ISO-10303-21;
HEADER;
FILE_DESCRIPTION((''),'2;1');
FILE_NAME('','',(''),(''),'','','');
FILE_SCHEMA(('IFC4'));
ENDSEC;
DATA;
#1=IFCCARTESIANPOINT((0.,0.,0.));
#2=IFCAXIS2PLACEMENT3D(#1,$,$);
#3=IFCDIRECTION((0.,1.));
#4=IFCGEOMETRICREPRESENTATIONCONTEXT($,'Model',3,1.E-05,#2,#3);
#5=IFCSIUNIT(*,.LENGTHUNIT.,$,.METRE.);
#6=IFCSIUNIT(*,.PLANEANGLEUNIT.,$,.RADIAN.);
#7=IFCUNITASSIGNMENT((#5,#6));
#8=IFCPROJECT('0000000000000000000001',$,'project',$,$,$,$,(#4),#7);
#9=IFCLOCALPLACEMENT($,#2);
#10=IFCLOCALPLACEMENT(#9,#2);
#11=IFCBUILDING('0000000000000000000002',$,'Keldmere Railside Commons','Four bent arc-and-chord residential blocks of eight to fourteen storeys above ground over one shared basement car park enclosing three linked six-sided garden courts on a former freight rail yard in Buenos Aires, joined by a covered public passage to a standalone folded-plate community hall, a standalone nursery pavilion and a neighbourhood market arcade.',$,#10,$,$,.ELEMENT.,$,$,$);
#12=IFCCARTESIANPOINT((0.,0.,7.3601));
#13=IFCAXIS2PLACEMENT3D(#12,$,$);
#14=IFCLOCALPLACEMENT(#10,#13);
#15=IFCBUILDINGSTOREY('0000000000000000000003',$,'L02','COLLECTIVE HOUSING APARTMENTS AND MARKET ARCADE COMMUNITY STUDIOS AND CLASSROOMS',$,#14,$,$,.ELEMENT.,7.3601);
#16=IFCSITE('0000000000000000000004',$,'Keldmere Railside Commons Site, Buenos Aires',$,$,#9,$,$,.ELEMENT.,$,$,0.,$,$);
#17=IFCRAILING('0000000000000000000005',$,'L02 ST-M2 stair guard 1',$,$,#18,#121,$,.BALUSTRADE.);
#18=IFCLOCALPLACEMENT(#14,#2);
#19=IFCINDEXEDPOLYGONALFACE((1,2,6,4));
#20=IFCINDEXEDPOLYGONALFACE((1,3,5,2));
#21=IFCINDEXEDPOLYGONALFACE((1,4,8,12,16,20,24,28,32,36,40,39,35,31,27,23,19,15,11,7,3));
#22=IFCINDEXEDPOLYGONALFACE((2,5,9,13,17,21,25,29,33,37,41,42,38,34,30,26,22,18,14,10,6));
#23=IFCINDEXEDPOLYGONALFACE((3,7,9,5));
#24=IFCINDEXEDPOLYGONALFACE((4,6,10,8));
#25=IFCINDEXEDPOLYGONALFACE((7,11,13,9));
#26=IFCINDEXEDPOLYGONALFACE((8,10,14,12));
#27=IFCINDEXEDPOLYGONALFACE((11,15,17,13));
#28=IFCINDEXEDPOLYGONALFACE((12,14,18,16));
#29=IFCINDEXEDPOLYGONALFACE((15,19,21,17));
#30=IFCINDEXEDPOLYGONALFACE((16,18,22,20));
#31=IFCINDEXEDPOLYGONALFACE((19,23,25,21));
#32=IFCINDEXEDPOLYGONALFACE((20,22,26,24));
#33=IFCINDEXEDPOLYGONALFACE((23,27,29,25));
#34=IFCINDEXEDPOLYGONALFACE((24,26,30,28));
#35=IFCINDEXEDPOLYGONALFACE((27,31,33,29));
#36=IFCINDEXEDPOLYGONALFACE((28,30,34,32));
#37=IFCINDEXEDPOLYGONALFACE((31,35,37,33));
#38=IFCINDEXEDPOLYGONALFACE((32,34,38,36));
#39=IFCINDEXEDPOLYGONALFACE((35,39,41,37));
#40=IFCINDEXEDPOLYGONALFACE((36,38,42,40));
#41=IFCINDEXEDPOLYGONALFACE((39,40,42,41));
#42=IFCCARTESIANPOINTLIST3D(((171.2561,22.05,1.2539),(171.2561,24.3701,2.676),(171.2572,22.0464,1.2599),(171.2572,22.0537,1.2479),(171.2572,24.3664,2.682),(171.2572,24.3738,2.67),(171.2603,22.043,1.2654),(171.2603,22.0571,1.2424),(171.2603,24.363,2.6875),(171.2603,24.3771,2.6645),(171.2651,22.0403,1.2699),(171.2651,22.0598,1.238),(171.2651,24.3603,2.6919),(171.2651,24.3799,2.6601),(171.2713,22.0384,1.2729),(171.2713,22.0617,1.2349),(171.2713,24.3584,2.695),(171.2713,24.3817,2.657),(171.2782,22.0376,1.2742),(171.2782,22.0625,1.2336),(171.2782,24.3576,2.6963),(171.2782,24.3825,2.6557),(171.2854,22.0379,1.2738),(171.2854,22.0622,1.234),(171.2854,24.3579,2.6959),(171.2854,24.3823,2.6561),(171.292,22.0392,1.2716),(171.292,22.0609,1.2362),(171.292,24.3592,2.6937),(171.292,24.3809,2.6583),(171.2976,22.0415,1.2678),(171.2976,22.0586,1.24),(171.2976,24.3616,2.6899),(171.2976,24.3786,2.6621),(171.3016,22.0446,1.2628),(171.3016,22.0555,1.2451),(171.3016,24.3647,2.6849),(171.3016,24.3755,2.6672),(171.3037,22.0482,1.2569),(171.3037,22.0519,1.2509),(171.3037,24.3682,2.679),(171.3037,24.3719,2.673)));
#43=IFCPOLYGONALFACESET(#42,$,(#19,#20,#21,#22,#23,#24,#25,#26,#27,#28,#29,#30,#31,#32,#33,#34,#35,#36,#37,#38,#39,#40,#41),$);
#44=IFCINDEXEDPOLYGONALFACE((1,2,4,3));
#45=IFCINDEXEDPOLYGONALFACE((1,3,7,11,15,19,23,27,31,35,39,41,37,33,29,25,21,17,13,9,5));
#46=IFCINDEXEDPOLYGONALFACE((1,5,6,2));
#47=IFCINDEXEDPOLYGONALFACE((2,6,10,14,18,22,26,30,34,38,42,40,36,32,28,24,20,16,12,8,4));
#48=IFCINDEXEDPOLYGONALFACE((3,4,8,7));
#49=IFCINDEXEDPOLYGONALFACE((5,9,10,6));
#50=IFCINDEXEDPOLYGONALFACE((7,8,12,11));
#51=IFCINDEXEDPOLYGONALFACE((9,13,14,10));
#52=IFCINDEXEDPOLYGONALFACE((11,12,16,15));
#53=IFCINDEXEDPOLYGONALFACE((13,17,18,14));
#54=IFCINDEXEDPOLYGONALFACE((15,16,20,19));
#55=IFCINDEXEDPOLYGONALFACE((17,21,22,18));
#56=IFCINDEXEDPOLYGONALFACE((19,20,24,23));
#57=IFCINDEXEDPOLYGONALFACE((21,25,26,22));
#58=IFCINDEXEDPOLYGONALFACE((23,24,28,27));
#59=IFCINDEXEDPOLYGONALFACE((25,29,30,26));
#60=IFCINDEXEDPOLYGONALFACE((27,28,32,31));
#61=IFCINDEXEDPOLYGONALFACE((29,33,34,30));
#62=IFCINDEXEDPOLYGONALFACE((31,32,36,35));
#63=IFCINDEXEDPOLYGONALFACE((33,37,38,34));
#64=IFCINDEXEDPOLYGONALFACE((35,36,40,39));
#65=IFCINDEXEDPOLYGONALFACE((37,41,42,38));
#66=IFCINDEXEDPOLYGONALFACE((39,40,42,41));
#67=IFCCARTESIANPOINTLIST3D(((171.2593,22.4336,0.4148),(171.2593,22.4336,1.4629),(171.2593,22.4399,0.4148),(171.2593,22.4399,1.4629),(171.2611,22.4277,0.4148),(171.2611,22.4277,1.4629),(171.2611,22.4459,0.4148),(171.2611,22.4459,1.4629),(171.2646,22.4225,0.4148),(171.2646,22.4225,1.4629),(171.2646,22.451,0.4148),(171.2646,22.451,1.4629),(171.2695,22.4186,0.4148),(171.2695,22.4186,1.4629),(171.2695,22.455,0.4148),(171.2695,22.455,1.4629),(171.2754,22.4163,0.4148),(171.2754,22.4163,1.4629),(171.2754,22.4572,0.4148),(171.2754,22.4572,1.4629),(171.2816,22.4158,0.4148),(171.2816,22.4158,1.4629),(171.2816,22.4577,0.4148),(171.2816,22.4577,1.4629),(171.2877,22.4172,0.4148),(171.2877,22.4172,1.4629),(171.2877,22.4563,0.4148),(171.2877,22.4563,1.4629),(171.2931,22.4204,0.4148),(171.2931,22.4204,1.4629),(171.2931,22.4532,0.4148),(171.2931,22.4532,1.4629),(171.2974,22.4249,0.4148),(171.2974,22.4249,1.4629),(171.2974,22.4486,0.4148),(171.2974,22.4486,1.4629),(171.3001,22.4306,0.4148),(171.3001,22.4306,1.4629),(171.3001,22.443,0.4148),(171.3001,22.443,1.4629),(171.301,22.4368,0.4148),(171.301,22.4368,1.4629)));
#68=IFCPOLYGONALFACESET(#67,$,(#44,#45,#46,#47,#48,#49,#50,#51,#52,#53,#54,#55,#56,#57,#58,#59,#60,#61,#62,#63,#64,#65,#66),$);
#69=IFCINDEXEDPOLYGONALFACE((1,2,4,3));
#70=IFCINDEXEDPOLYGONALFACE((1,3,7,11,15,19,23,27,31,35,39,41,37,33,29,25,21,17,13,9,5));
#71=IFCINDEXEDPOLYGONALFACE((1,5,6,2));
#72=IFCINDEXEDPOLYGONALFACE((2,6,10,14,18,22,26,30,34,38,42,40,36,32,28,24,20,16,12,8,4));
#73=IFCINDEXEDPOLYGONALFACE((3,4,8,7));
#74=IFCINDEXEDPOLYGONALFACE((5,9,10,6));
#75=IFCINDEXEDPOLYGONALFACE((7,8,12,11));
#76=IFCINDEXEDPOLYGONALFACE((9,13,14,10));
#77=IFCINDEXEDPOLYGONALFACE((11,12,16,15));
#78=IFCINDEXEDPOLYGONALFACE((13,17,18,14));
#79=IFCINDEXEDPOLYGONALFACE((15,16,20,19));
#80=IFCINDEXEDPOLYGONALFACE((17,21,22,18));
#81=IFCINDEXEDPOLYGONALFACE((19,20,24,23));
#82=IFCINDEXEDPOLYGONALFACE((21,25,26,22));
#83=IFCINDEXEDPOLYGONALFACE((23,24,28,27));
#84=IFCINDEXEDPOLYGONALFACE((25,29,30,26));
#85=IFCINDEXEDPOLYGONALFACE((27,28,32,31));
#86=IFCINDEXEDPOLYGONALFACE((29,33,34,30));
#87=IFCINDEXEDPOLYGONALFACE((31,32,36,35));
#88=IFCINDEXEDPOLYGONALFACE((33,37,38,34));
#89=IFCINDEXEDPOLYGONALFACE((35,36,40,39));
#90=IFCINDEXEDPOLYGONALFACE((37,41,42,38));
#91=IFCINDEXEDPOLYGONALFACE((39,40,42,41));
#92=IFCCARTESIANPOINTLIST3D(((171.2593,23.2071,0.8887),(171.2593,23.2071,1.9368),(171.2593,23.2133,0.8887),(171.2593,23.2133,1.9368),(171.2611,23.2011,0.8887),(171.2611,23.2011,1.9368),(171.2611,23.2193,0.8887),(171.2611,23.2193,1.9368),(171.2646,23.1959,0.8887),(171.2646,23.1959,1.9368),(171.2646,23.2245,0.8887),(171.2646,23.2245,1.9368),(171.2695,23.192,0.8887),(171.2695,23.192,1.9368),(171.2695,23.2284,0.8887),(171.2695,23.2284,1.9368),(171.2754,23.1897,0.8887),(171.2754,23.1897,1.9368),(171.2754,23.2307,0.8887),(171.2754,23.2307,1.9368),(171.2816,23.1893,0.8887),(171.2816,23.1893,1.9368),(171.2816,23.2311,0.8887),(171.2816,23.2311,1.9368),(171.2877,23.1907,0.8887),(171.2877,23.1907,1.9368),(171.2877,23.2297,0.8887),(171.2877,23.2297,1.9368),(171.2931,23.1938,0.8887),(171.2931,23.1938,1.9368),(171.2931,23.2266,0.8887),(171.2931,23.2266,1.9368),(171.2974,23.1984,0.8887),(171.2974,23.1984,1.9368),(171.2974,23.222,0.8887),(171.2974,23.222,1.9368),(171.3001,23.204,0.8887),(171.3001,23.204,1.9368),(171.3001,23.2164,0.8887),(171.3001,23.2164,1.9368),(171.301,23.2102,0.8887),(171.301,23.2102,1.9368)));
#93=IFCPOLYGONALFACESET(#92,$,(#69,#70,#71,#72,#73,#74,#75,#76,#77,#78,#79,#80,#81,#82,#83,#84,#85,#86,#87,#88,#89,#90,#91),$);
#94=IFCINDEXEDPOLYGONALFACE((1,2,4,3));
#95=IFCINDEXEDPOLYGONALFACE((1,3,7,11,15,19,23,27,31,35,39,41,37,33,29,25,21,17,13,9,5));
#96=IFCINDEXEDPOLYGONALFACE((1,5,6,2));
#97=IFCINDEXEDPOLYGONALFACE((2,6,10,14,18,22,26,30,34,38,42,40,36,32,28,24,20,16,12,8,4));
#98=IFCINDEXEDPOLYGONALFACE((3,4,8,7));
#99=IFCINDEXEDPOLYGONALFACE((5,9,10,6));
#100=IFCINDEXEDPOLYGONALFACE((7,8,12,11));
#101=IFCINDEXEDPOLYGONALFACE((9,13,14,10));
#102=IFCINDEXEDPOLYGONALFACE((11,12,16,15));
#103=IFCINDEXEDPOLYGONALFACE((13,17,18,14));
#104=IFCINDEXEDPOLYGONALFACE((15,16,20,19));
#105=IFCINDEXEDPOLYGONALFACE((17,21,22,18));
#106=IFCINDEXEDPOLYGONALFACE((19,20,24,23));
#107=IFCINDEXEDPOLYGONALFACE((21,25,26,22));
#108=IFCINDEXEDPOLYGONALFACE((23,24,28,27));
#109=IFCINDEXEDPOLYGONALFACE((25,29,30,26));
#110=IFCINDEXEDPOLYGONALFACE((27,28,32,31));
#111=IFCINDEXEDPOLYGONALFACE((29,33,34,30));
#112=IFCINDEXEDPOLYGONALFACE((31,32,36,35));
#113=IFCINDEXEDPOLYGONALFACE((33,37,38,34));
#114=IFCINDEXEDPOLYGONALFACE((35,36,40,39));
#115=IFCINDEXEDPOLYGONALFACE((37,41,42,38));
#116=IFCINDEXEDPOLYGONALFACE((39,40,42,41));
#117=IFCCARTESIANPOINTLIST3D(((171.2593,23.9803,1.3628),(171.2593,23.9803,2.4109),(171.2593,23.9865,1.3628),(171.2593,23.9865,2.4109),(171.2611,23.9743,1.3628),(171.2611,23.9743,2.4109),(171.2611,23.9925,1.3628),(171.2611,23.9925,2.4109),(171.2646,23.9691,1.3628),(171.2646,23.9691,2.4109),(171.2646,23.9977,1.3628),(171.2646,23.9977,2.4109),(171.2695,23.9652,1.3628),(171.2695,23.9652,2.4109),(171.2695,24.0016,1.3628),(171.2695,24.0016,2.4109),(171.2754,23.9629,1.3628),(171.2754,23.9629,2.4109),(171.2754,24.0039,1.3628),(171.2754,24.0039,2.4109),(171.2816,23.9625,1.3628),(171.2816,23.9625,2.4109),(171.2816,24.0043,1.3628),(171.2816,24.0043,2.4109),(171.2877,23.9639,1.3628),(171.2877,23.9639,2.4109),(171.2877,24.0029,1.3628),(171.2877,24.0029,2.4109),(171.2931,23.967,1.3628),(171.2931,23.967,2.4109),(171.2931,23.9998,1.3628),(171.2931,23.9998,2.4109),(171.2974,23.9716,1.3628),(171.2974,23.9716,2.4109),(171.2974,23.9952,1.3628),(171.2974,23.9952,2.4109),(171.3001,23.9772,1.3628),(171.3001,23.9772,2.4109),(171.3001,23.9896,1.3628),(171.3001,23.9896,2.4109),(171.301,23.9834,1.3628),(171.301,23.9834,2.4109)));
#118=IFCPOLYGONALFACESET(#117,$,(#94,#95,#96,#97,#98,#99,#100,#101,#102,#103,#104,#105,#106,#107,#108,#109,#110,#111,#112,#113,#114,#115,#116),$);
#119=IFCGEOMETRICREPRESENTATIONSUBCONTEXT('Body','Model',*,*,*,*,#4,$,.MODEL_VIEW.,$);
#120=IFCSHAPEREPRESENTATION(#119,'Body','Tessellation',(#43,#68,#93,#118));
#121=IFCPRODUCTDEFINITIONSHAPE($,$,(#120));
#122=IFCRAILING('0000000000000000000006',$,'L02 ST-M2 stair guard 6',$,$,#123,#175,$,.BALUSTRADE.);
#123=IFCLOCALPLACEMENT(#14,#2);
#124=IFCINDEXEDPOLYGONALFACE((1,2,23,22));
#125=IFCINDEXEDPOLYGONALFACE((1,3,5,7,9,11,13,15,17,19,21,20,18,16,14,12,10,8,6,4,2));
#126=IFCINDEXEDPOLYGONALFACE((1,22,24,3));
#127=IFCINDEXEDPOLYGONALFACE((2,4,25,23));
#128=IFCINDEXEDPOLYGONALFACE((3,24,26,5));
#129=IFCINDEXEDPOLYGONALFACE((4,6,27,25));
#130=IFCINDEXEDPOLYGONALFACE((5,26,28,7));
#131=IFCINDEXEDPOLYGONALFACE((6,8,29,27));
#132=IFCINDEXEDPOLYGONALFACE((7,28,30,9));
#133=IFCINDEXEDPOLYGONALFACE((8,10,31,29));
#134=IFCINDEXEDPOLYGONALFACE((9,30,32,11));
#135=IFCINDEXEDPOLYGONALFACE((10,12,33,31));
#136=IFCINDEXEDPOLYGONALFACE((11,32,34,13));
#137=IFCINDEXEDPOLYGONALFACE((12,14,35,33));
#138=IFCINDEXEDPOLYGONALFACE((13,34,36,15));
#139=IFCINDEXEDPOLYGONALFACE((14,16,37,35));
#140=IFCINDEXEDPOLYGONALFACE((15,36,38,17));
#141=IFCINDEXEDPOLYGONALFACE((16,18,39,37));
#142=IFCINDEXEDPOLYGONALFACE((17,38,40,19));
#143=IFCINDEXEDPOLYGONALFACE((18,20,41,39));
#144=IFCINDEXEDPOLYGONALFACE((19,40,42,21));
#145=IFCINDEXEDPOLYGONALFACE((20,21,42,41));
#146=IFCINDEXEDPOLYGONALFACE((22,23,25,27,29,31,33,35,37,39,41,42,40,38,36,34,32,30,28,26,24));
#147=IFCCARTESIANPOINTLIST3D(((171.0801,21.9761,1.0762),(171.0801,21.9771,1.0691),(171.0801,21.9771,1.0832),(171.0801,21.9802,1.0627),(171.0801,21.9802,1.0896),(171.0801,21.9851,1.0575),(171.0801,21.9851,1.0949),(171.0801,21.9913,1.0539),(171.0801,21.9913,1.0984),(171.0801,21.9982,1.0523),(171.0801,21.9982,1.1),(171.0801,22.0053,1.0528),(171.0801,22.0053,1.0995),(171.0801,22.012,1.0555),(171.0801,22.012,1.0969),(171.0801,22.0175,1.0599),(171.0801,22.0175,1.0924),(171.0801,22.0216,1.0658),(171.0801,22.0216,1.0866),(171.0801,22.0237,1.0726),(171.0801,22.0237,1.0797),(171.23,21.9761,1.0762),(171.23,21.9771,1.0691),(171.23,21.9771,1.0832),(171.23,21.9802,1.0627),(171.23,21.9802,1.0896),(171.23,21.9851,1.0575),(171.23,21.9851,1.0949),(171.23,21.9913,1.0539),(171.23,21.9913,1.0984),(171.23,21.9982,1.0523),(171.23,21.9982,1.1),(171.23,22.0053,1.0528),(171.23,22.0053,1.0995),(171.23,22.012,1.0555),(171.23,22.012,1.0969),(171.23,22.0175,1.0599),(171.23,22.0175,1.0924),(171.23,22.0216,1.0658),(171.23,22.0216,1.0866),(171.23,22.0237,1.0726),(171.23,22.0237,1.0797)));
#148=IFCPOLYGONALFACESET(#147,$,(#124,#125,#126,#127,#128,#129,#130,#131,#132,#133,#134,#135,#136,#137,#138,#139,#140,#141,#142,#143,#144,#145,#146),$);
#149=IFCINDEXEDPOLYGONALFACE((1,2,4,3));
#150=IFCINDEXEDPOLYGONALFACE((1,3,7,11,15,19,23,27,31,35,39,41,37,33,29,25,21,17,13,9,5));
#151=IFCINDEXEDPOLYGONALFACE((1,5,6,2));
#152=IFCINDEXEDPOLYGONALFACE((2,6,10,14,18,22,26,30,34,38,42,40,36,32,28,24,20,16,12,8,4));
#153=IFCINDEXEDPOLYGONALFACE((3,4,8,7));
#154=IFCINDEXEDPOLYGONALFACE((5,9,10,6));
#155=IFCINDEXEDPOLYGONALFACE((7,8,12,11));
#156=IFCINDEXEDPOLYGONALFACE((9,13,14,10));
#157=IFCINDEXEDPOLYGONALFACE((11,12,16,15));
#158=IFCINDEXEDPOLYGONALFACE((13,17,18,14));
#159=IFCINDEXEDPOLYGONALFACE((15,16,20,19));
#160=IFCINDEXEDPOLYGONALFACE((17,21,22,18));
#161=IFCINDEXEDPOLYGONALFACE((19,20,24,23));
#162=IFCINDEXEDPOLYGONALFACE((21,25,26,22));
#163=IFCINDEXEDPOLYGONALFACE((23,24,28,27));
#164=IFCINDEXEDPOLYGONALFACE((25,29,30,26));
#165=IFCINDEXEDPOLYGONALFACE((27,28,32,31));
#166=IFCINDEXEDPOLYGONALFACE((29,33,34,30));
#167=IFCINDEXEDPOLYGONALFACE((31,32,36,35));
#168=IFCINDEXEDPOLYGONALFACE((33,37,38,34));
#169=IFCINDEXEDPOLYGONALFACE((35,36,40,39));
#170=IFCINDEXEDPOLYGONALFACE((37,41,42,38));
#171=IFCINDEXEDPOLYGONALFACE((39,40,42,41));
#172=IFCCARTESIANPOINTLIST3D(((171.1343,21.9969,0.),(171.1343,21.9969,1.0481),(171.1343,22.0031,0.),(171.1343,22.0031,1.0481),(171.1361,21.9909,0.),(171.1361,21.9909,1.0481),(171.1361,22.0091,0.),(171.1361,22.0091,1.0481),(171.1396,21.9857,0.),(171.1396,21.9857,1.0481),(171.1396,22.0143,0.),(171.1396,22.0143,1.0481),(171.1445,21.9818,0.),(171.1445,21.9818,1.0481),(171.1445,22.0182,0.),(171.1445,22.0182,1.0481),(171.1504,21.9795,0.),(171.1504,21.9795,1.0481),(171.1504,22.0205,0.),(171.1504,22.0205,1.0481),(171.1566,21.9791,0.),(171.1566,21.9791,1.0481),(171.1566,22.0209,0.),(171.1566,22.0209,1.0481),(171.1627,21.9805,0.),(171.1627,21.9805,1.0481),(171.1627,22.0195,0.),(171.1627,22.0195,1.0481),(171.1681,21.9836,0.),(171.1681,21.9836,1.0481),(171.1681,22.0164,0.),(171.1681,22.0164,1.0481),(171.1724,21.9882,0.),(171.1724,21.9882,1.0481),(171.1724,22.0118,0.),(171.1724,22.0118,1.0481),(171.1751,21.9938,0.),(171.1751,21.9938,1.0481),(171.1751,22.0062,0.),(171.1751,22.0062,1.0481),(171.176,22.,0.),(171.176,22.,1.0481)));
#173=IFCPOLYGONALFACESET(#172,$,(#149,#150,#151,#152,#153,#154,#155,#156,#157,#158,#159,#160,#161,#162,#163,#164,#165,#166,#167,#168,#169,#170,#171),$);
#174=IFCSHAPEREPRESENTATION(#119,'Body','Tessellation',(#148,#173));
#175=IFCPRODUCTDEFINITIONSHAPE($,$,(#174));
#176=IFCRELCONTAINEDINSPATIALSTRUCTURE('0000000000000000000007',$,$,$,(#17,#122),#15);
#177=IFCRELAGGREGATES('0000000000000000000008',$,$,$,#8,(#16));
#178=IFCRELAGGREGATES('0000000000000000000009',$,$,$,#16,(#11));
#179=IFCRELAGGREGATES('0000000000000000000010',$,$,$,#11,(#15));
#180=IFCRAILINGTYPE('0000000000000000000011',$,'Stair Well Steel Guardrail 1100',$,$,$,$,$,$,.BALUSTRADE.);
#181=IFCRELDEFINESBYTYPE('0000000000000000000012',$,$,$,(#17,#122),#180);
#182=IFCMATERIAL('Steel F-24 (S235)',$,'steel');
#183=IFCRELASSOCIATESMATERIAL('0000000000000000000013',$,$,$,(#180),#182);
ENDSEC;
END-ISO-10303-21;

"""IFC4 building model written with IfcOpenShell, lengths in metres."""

from ifc_helpers import new_model, si_unit, direction, frame, origin, origin_2d, place, context, subcontext, project, spatial, circle, extrude, material, type_object, element, save


model = new_model("IFC4")

# Units and contexts
model_context = context("Model", 3, precision=1e-05, world=origin(), true_north=direction((0.0, 1.0)))
body_context = subcontext(model_context, "Body", "Model", "MODEL_VIEW")
ifc_project = project(units=[si_unit("LENGTHUNIT", "METRE"), si_unit("PLANEANGLEUNIT", "RADIAN")], contexts=[model_context])

# Site, building, storey
site_placement = place(None, origin())
site = spatial("IfcSite", under=ifc_project, at=site_placement, Name="Keldmere Railside Commons Site, Buenos Aires", CompositionType="ELEMENT", RefElevation=0.0)
building_placement = place(site_placement, origin())
building = spatial("IfcBuilding", under=site, at=building_placement, Name="Keldmere Railside Commons", Description="Four bent arc-and-chord residential blocks of eight to fourteen storeys above ground over one shared basement car park enclosing three linked six-sided garden courts on a former freight rail yard in Buenos Aires, joined by a covered public passage to a standalone folded-plate community hall, a standalone nursery pavilion and a neighbourhood market arcade.", CompositionType="ELEMENT")
storey_placement = place(building_placement, frame((0.0, 0.0, 7.3601)))
storey = spatial("IfcBuildingStorey", under=building, at=storey_placement, Name="L02", Description="COLLECTIVE HOUSING APARTMENTS AND MARKET ARCADE COMMUNITY STUDIOS AND CLASSROOMS", CompositionType="ELEMENT", Elevation=7.3601)

# Shared definitions
ifc_material_1 = material(Name="Steel F-24 (S235)", Category="steel")

# Railings
railing_type = type_object("IfcRailingType", Name="Stair Well Steel Guardrail 1100", PredefinedType="BALUSTRADE", material=ifc_material_1)
railing_1_placement = place(storey_placement, frame((171.28, 22.05, 0.1777)))
element("IfcRailing", 1, at=railing_1_placement, inside=storey, type_object=railing_type, Name="L02 ST-M2 stair guard 1", PredefinedType="BALUSTRADE", context=body_context, shape_type="SweptSolid", body=[
    extrude(circle(Radius=0.0239, at=origin_2d()), frame((0.0, 0.0, 1.0762), z_axis=(0.0, 0.852578, 0.5226), x_axis=(-1.0, 0.0, 0.0)), (0.0, 0.0, 1.0), 2.7212),
    extrude(circle(Radius=0.021, at=origin_2d()), frame((0.0, 0.3867, 0.2371)), (0.0, 0.0, 1.0), 1.0481),
    extrude(circle(Radius=0.021, at=origin_2d()), frame((0.0, 1.1602, 0.7109)), (0.0, 0.0, 1.0), 1.0481),
    extrude(circle(Radius=0.021, at=origin_2d()), frame((0.0, 1.9333, 1.1851)), (0.0, 0.0, 1.0), 1.0481),
])
railing_2_placement = place(storey_placement, frame((171.23, 22.0, 0.0)))
element("IfcRailing", 2, at=railing_2_placement, inside=storey, type_object=railing_type, Name="L02 ST-M2 stair guard 6", PredefinedType="BALUSTRADE", context=body_context, shape_type="SweptSolid", body=[
    extrude(circle(Radius=0.0239, at=origin_2d()), frame((0.0, 0.0, 1.0762), z_axis=(-1.0, 0.0, 0.0), x_axis=(0.0, -1.0, 0.0)), (0.0, 0.0, 1.0), 0.1499),
    extrude(circle(Radius=0.021, at=origin_2d()), frame((-0.075, 0.0, 0.0)), (0.0, 0.0, 1.0), 1.0481),
])

save(model, "model.ifc")
